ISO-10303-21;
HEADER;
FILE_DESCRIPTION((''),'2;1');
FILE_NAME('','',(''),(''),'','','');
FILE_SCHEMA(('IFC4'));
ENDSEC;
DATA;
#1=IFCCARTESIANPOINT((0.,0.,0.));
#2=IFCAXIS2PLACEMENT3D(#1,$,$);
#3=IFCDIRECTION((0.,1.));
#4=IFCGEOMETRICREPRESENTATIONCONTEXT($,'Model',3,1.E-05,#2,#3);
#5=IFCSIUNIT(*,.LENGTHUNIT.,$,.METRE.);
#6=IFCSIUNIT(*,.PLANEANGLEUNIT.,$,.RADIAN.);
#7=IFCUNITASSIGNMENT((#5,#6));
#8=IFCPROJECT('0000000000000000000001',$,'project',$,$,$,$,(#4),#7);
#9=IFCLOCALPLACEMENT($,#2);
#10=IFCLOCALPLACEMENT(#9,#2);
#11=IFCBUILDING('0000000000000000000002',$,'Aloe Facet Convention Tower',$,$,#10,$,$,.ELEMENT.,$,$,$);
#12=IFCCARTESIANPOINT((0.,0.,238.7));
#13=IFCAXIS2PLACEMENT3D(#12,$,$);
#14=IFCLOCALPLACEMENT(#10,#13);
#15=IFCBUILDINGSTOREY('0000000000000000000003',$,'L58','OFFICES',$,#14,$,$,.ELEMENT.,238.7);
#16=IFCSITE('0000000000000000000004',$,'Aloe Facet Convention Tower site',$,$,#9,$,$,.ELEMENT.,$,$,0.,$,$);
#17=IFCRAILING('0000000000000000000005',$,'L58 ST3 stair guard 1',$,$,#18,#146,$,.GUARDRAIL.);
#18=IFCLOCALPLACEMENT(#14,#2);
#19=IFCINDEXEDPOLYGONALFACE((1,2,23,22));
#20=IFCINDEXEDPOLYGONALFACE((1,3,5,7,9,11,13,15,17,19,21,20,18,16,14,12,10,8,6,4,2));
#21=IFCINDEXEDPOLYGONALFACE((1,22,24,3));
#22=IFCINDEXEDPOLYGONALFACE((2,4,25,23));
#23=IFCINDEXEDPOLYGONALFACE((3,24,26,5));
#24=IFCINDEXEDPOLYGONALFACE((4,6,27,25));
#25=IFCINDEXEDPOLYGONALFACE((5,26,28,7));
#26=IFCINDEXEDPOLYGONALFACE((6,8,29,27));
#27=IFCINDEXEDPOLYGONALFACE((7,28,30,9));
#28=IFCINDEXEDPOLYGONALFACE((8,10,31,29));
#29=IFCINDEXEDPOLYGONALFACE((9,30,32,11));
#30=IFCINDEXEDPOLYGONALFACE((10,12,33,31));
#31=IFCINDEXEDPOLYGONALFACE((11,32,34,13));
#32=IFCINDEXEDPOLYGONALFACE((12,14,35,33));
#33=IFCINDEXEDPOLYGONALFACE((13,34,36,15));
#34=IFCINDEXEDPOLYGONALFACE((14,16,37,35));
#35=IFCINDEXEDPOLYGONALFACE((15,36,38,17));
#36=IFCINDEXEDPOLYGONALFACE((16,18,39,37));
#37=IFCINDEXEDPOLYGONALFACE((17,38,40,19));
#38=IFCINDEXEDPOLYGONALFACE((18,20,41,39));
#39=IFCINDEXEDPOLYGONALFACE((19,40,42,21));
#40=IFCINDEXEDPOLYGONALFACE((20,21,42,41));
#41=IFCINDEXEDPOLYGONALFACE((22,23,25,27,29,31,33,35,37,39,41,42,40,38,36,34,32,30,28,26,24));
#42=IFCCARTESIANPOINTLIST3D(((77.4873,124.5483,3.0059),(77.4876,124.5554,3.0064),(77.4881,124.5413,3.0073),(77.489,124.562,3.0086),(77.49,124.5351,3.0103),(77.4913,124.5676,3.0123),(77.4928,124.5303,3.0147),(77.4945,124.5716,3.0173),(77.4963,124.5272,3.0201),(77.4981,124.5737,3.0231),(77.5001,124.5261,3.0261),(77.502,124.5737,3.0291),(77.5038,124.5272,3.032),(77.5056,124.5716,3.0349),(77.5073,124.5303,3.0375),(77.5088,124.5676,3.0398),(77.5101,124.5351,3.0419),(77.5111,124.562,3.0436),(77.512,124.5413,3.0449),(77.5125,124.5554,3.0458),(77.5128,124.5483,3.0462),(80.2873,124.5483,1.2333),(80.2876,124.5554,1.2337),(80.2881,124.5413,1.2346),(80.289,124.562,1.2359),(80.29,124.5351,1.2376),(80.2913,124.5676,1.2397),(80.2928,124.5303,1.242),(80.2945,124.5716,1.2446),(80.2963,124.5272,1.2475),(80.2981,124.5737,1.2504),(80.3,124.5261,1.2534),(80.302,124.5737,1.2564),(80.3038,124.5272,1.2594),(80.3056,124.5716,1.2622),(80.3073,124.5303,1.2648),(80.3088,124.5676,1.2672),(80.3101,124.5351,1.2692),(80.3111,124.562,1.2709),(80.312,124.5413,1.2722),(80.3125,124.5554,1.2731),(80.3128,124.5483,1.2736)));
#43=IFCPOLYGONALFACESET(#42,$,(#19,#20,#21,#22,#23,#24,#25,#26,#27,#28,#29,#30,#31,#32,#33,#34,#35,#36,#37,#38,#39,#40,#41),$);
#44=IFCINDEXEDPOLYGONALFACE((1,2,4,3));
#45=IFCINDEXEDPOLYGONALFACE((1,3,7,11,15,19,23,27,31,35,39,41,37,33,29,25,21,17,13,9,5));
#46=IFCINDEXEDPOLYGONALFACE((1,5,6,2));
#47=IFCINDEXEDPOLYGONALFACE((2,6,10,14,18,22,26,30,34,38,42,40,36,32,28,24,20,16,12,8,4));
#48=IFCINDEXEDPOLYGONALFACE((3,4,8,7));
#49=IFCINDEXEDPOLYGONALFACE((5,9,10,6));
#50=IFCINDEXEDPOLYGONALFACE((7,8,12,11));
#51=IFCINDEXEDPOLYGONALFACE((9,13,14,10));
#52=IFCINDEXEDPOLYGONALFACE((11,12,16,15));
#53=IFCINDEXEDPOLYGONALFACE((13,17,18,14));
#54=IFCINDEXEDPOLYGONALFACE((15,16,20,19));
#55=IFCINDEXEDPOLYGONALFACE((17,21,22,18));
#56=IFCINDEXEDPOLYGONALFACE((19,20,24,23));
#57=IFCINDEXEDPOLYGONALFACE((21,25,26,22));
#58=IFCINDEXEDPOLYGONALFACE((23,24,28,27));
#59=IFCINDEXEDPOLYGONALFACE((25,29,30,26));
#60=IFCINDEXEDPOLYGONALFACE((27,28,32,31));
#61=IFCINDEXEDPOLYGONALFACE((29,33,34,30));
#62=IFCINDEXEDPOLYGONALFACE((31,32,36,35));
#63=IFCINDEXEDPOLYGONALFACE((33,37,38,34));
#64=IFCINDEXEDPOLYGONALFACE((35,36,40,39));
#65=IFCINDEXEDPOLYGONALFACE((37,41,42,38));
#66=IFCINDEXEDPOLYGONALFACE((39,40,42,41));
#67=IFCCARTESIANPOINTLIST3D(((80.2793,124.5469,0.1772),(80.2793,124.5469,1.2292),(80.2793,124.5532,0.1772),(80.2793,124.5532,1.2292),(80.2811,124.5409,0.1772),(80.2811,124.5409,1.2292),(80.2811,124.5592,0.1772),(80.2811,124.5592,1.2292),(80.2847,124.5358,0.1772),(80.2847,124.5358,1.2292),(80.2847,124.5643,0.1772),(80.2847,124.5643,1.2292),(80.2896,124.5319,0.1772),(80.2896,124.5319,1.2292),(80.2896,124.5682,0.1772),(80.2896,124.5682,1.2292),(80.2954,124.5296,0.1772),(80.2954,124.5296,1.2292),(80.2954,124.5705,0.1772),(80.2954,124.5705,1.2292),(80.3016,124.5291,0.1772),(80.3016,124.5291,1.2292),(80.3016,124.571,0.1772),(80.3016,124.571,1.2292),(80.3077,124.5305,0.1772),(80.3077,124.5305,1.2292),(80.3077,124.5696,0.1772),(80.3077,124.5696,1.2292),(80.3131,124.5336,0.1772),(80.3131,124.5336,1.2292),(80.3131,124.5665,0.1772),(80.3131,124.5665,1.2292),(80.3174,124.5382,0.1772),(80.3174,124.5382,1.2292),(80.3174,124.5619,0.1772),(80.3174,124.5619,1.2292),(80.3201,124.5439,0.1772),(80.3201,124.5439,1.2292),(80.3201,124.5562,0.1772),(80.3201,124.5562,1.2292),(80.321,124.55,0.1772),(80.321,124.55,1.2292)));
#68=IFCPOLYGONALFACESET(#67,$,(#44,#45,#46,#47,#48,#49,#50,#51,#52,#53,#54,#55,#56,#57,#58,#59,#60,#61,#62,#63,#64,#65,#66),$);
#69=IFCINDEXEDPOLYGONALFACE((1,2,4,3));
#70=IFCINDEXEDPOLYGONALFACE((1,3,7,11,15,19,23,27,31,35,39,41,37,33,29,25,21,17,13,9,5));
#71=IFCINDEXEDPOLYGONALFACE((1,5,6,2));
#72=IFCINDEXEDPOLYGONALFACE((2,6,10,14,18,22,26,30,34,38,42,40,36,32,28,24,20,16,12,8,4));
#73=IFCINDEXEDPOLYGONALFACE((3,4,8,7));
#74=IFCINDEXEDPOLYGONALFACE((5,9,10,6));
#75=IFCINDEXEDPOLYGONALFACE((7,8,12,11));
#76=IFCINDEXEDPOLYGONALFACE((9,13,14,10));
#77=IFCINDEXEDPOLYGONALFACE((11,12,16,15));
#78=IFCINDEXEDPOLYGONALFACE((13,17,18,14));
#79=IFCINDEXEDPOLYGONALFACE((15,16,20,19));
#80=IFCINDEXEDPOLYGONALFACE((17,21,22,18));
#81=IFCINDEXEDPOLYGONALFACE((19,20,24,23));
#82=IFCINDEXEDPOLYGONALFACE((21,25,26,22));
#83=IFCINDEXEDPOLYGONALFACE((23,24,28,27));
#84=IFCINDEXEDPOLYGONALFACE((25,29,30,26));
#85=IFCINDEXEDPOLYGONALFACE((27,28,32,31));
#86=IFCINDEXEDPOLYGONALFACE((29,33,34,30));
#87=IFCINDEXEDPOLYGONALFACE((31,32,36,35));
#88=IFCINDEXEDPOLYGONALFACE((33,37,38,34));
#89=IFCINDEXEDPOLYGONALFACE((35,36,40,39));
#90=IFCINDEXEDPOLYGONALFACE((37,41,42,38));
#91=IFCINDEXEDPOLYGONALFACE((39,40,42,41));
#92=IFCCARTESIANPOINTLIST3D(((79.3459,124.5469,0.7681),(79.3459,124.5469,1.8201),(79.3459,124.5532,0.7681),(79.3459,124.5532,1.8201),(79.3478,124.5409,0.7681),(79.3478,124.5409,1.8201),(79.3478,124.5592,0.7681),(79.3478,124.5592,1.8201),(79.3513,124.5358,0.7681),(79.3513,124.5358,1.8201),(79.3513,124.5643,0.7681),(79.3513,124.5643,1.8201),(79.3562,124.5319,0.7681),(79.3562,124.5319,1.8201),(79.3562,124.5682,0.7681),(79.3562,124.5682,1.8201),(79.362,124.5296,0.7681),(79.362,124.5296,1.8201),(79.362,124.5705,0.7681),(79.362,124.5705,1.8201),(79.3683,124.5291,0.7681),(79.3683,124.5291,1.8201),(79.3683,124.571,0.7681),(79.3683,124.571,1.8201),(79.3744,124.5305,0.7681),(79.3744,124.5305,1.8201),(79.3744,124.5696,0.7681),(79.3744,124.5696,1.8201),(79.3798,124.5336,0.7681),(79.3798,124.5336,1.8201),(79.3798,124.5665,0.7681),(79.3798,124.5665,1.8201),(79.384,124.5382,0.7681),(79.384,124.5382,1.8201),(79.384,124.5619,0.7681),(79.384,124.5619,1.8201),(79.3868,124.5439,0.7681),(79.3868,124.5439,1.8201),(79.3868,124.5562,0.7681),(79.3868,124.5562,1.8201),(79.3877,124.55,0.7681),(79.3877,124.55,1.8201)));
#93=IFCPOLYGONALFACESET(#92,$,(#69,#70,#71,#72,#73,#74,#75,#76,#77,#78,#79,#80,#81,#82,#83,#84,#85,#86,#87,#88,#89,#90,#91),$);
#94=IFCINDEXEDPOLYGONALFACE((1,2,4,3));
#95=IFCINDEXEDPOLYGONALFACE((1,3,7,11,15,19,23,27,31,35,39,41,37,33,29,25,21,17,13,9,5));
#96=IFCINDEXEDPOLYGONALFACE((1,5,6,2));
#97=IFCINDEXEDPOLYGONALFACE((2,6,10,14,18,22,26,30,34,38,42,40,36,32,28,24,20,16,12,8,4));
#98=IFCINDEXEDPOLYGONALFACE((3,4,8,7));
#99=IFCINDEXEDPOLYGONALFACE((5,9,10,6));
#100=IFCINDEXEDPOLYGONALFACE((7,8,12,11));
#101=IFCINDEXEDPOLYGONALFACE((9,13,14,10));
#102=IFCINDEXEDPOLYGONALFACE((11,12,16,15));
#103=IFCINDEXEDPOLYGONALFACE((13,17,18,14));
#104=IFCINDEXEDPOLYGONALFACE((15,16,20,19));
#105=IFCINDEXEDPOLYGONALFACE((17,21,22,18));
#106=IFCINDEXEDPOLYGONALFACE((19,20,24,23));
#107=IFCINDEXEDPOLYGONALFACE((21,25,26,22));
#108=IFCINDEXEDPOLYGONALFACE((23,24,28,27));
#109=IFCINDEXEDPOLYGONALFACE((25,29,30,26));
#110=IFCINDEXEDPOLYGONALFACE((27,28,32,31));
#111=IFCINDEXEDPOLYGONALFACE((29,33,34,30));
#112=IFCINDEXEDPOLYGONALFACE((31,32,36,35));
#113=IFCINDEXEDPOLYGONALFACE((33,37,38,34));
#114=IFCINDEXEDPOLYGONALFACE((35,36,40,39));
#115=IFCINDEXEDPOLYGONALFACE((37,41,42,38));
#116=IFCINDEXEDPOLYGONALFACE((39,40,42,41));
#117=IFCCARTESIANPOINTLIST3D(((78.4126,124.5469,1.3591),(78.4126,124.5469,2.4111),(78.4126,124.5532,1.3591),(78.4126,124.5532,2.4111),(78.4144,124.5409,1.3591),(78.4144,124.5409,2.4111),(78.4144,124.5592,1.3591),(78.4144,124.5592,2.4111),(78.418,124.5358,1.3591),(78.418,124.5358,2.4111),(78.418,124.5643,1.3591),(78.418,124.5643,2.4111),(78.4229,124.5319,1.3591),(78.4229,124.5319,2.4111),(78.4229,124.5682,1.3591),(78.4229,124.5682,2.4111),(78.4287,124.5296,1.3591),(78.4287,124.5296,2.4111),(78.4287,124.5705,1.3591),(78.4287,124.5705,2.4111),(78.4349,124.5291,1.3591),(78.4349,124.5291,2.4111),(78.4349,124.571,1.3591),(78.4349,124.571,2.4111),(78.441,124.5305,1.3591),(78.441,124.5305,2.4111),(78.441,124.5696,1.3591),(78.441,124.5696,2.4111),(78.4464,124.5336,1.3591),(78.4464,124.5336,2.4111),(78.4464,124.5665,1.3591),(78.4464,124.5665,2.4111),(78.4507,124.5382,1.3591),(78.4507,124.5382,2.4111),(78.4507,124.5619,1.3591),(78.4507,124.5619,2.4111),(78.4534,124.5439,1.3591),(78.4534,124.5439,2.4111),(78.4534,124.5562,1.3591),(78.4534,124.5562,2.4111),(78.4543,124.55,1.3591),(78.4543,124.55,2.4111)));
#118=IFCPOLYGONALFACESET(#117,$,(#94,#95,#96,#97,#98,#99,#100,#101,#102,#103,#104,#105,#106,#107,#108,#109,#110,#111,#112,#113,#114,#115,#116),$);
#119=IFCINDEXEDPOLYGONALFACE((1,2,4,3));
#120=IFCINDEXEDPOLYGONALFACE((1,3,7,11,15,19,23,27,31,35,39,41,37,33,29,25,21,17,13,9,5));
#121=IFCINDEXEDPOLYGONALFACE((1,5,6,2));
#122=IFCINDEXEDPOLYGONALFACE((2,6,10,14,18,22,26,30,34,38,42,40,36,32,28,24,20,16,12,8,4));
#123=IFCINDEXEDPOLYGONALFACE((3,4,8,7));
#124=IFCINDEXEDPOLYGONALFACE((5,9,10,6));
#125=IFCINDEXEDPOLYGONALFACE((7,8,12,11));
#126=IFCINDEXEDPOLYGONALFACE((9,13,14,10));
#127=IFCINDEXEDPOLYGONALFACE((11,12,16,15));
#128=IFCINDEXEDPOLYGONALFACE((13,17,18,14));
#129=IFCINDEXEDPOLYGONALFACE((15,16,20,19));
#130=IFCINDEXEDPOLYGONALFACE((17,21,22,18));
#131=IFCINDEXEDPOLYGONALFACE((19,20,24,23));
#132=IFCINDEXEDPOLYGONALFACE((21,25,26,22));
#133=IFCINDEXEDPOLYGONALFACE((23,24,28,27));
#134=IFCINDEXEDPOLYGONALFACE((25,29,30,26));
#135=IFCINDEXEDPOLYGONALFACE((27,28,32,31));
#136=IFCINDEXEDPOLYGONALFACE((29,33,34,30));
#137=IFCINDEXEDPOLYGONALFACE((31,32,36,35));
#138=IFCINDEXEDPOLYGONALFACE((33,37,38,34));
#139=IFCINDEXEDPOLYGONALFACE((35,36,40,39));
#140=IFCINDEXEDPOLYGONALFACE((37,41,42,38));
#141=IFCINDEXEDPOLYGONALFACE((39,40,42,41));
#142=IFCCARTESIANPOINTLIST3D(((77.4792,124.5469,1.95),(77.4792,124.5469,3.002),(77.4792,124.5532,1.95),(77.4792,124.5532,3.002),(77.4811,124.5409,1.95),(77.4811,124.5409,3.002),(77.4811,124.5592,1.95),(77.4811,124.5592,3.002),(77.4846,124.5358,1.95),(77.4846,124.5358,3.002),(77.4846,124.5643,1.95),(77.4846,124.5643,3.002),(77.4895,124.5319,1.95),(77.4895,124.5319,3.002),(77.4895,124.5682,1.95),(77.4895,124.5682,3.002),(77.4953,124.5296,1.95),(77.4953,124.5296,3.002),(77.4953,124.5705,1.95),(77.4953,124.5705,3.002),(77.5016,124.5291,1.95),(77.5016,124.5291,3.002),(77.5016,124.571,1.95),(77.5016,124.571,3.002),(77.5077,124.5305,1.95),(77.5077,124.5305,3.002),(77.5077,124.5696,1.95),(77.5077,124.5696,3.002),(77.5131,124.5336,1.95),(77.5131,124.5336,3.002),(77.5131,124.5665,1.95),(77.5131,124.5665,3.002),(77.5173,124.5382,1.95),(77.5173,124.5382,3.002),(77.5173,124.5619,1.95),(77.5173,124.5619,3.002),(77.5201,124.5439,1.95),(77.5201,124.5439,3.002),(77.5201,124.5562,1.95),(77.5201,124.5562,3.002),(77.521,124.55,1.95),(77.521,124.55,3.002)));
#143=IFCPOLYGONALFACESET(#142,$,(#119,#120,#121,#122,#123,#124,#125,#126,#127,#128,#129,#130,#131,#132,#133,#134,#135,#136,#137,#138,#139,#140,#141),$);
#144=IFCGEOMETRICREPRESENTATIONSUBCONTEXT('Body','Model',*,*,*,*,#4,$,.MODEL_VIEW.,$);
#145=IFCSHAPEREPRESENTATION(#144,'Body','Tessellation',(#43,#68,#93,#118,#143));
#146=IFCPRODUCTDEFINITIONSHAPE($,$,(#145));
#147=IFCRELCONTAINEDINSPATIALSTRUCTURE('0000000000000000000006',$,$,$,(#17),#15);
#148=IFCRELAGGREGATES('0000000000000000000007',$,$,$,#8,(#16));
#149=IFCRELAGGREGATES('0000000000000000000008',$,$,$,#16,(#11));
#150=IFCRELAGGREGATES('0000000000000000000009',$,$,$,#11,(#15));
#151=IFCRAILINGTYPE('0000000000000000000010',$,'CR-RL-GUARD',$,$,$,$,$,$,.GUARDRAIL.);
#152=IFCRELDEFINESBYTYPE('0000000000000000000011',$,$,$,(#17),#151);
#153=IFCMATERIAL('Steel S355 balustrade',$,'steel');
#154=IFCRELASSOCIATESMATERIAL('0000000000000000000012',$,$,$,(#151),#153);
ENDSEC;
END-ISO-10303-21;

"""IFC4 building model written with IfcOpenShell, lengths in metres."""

from ifc_helpers import new_model, si_unit, direction, frame, origin, origin_2d, place, context, subcontext, project, spatial, circle, extrude, material, type_object, element, save


model = new_model("IFC4")

# Units and contexts
model_context = context("Model", 3, precision=1e-05, world=origin(), true_north=direction((0.0, 1.0)))
body_context = subcontext(model_context, "Body", "Model", "MODEL_VIEW")
ifc_project = project(units=[si_unit("LENGTHUNIT", "METRE"), si_unit("PLANEANGLEUNIT", "RADIAN")], contexts=[model_context])

# Site, building, storey
site_placement = place(None, origin())
site = spatial("IfcSite", under=ifc_project, at=site_placement, Name="Aloe Facet Convention Tower site", CompositionType="ELEMENT", RefElevation=0.0)
building_placement = place(site_placement, origin())
building = spatial("IfcBuilding", under=site, at=building_placement, Name="Aloe Facet Convention Tower", CompositionType="ELEMENT")
storey_placement = place(building_placement, frame((0.0, 0.0, 238.7)))
storey = spatial("IfcBuildingStorey", under=building, at=storey_placement, Name="L58", Description="OFFICES", CompositionType="ELEMENT", Elevation=238.7)

# Railing
ifc_material_1 = material(Name="Steel S355 balustrade", Category="steel")
railing_type_1 = type_object("IfcRailingType", Name="CR-RL-GUARD", PredefinedType="GUARDRAIL", material=ifc_material_1)
railing_1_placement = place(storey_placement, frame((80.3, 124.55, 0.1772)))
element("IfcRailing", 1, at=railing_1_placement, inside=storey, type_object=railing_type_1, Name="L58 ST3 stair guard 1", PredefinedType="GUARDRAIL", context=body_context, shape_type="SweptSolid", body=[
    extrude(circle(Radius=0.0239, at=origin_2d()), frame((0.0, 0.0, 1.0762), z_axis=(-0.844909, 0.0, 0.53491), x_axis=(0.0, -1.0, 0.0)), (0.0, 0.0, 1.0), 3.314),
    extrude(circle(Radius=0.021, at=origin_2d()), origin(), (0.0, 0.0, 1.0), 1.052),
    extrude(circle(Radius=0.021, at=origin_2d()), frame((-0.9333, 0.0, 0.5908)), (0.0, 0.0, 1.0), 1.052),
    extrude(circle(Radius=0.021, at=origin_2d()), frame((-1.8667, 0.0, 1.1819)), (0.0, 0.0, 1.0), 1.052),
    extrude(circle(Radius=0.021, at=origin_2d()), frame((-2.8, 0.0, 1.7727)), (0.0, 0.0, 1.0), 1.052),
])

save(model, "model.ifc")
